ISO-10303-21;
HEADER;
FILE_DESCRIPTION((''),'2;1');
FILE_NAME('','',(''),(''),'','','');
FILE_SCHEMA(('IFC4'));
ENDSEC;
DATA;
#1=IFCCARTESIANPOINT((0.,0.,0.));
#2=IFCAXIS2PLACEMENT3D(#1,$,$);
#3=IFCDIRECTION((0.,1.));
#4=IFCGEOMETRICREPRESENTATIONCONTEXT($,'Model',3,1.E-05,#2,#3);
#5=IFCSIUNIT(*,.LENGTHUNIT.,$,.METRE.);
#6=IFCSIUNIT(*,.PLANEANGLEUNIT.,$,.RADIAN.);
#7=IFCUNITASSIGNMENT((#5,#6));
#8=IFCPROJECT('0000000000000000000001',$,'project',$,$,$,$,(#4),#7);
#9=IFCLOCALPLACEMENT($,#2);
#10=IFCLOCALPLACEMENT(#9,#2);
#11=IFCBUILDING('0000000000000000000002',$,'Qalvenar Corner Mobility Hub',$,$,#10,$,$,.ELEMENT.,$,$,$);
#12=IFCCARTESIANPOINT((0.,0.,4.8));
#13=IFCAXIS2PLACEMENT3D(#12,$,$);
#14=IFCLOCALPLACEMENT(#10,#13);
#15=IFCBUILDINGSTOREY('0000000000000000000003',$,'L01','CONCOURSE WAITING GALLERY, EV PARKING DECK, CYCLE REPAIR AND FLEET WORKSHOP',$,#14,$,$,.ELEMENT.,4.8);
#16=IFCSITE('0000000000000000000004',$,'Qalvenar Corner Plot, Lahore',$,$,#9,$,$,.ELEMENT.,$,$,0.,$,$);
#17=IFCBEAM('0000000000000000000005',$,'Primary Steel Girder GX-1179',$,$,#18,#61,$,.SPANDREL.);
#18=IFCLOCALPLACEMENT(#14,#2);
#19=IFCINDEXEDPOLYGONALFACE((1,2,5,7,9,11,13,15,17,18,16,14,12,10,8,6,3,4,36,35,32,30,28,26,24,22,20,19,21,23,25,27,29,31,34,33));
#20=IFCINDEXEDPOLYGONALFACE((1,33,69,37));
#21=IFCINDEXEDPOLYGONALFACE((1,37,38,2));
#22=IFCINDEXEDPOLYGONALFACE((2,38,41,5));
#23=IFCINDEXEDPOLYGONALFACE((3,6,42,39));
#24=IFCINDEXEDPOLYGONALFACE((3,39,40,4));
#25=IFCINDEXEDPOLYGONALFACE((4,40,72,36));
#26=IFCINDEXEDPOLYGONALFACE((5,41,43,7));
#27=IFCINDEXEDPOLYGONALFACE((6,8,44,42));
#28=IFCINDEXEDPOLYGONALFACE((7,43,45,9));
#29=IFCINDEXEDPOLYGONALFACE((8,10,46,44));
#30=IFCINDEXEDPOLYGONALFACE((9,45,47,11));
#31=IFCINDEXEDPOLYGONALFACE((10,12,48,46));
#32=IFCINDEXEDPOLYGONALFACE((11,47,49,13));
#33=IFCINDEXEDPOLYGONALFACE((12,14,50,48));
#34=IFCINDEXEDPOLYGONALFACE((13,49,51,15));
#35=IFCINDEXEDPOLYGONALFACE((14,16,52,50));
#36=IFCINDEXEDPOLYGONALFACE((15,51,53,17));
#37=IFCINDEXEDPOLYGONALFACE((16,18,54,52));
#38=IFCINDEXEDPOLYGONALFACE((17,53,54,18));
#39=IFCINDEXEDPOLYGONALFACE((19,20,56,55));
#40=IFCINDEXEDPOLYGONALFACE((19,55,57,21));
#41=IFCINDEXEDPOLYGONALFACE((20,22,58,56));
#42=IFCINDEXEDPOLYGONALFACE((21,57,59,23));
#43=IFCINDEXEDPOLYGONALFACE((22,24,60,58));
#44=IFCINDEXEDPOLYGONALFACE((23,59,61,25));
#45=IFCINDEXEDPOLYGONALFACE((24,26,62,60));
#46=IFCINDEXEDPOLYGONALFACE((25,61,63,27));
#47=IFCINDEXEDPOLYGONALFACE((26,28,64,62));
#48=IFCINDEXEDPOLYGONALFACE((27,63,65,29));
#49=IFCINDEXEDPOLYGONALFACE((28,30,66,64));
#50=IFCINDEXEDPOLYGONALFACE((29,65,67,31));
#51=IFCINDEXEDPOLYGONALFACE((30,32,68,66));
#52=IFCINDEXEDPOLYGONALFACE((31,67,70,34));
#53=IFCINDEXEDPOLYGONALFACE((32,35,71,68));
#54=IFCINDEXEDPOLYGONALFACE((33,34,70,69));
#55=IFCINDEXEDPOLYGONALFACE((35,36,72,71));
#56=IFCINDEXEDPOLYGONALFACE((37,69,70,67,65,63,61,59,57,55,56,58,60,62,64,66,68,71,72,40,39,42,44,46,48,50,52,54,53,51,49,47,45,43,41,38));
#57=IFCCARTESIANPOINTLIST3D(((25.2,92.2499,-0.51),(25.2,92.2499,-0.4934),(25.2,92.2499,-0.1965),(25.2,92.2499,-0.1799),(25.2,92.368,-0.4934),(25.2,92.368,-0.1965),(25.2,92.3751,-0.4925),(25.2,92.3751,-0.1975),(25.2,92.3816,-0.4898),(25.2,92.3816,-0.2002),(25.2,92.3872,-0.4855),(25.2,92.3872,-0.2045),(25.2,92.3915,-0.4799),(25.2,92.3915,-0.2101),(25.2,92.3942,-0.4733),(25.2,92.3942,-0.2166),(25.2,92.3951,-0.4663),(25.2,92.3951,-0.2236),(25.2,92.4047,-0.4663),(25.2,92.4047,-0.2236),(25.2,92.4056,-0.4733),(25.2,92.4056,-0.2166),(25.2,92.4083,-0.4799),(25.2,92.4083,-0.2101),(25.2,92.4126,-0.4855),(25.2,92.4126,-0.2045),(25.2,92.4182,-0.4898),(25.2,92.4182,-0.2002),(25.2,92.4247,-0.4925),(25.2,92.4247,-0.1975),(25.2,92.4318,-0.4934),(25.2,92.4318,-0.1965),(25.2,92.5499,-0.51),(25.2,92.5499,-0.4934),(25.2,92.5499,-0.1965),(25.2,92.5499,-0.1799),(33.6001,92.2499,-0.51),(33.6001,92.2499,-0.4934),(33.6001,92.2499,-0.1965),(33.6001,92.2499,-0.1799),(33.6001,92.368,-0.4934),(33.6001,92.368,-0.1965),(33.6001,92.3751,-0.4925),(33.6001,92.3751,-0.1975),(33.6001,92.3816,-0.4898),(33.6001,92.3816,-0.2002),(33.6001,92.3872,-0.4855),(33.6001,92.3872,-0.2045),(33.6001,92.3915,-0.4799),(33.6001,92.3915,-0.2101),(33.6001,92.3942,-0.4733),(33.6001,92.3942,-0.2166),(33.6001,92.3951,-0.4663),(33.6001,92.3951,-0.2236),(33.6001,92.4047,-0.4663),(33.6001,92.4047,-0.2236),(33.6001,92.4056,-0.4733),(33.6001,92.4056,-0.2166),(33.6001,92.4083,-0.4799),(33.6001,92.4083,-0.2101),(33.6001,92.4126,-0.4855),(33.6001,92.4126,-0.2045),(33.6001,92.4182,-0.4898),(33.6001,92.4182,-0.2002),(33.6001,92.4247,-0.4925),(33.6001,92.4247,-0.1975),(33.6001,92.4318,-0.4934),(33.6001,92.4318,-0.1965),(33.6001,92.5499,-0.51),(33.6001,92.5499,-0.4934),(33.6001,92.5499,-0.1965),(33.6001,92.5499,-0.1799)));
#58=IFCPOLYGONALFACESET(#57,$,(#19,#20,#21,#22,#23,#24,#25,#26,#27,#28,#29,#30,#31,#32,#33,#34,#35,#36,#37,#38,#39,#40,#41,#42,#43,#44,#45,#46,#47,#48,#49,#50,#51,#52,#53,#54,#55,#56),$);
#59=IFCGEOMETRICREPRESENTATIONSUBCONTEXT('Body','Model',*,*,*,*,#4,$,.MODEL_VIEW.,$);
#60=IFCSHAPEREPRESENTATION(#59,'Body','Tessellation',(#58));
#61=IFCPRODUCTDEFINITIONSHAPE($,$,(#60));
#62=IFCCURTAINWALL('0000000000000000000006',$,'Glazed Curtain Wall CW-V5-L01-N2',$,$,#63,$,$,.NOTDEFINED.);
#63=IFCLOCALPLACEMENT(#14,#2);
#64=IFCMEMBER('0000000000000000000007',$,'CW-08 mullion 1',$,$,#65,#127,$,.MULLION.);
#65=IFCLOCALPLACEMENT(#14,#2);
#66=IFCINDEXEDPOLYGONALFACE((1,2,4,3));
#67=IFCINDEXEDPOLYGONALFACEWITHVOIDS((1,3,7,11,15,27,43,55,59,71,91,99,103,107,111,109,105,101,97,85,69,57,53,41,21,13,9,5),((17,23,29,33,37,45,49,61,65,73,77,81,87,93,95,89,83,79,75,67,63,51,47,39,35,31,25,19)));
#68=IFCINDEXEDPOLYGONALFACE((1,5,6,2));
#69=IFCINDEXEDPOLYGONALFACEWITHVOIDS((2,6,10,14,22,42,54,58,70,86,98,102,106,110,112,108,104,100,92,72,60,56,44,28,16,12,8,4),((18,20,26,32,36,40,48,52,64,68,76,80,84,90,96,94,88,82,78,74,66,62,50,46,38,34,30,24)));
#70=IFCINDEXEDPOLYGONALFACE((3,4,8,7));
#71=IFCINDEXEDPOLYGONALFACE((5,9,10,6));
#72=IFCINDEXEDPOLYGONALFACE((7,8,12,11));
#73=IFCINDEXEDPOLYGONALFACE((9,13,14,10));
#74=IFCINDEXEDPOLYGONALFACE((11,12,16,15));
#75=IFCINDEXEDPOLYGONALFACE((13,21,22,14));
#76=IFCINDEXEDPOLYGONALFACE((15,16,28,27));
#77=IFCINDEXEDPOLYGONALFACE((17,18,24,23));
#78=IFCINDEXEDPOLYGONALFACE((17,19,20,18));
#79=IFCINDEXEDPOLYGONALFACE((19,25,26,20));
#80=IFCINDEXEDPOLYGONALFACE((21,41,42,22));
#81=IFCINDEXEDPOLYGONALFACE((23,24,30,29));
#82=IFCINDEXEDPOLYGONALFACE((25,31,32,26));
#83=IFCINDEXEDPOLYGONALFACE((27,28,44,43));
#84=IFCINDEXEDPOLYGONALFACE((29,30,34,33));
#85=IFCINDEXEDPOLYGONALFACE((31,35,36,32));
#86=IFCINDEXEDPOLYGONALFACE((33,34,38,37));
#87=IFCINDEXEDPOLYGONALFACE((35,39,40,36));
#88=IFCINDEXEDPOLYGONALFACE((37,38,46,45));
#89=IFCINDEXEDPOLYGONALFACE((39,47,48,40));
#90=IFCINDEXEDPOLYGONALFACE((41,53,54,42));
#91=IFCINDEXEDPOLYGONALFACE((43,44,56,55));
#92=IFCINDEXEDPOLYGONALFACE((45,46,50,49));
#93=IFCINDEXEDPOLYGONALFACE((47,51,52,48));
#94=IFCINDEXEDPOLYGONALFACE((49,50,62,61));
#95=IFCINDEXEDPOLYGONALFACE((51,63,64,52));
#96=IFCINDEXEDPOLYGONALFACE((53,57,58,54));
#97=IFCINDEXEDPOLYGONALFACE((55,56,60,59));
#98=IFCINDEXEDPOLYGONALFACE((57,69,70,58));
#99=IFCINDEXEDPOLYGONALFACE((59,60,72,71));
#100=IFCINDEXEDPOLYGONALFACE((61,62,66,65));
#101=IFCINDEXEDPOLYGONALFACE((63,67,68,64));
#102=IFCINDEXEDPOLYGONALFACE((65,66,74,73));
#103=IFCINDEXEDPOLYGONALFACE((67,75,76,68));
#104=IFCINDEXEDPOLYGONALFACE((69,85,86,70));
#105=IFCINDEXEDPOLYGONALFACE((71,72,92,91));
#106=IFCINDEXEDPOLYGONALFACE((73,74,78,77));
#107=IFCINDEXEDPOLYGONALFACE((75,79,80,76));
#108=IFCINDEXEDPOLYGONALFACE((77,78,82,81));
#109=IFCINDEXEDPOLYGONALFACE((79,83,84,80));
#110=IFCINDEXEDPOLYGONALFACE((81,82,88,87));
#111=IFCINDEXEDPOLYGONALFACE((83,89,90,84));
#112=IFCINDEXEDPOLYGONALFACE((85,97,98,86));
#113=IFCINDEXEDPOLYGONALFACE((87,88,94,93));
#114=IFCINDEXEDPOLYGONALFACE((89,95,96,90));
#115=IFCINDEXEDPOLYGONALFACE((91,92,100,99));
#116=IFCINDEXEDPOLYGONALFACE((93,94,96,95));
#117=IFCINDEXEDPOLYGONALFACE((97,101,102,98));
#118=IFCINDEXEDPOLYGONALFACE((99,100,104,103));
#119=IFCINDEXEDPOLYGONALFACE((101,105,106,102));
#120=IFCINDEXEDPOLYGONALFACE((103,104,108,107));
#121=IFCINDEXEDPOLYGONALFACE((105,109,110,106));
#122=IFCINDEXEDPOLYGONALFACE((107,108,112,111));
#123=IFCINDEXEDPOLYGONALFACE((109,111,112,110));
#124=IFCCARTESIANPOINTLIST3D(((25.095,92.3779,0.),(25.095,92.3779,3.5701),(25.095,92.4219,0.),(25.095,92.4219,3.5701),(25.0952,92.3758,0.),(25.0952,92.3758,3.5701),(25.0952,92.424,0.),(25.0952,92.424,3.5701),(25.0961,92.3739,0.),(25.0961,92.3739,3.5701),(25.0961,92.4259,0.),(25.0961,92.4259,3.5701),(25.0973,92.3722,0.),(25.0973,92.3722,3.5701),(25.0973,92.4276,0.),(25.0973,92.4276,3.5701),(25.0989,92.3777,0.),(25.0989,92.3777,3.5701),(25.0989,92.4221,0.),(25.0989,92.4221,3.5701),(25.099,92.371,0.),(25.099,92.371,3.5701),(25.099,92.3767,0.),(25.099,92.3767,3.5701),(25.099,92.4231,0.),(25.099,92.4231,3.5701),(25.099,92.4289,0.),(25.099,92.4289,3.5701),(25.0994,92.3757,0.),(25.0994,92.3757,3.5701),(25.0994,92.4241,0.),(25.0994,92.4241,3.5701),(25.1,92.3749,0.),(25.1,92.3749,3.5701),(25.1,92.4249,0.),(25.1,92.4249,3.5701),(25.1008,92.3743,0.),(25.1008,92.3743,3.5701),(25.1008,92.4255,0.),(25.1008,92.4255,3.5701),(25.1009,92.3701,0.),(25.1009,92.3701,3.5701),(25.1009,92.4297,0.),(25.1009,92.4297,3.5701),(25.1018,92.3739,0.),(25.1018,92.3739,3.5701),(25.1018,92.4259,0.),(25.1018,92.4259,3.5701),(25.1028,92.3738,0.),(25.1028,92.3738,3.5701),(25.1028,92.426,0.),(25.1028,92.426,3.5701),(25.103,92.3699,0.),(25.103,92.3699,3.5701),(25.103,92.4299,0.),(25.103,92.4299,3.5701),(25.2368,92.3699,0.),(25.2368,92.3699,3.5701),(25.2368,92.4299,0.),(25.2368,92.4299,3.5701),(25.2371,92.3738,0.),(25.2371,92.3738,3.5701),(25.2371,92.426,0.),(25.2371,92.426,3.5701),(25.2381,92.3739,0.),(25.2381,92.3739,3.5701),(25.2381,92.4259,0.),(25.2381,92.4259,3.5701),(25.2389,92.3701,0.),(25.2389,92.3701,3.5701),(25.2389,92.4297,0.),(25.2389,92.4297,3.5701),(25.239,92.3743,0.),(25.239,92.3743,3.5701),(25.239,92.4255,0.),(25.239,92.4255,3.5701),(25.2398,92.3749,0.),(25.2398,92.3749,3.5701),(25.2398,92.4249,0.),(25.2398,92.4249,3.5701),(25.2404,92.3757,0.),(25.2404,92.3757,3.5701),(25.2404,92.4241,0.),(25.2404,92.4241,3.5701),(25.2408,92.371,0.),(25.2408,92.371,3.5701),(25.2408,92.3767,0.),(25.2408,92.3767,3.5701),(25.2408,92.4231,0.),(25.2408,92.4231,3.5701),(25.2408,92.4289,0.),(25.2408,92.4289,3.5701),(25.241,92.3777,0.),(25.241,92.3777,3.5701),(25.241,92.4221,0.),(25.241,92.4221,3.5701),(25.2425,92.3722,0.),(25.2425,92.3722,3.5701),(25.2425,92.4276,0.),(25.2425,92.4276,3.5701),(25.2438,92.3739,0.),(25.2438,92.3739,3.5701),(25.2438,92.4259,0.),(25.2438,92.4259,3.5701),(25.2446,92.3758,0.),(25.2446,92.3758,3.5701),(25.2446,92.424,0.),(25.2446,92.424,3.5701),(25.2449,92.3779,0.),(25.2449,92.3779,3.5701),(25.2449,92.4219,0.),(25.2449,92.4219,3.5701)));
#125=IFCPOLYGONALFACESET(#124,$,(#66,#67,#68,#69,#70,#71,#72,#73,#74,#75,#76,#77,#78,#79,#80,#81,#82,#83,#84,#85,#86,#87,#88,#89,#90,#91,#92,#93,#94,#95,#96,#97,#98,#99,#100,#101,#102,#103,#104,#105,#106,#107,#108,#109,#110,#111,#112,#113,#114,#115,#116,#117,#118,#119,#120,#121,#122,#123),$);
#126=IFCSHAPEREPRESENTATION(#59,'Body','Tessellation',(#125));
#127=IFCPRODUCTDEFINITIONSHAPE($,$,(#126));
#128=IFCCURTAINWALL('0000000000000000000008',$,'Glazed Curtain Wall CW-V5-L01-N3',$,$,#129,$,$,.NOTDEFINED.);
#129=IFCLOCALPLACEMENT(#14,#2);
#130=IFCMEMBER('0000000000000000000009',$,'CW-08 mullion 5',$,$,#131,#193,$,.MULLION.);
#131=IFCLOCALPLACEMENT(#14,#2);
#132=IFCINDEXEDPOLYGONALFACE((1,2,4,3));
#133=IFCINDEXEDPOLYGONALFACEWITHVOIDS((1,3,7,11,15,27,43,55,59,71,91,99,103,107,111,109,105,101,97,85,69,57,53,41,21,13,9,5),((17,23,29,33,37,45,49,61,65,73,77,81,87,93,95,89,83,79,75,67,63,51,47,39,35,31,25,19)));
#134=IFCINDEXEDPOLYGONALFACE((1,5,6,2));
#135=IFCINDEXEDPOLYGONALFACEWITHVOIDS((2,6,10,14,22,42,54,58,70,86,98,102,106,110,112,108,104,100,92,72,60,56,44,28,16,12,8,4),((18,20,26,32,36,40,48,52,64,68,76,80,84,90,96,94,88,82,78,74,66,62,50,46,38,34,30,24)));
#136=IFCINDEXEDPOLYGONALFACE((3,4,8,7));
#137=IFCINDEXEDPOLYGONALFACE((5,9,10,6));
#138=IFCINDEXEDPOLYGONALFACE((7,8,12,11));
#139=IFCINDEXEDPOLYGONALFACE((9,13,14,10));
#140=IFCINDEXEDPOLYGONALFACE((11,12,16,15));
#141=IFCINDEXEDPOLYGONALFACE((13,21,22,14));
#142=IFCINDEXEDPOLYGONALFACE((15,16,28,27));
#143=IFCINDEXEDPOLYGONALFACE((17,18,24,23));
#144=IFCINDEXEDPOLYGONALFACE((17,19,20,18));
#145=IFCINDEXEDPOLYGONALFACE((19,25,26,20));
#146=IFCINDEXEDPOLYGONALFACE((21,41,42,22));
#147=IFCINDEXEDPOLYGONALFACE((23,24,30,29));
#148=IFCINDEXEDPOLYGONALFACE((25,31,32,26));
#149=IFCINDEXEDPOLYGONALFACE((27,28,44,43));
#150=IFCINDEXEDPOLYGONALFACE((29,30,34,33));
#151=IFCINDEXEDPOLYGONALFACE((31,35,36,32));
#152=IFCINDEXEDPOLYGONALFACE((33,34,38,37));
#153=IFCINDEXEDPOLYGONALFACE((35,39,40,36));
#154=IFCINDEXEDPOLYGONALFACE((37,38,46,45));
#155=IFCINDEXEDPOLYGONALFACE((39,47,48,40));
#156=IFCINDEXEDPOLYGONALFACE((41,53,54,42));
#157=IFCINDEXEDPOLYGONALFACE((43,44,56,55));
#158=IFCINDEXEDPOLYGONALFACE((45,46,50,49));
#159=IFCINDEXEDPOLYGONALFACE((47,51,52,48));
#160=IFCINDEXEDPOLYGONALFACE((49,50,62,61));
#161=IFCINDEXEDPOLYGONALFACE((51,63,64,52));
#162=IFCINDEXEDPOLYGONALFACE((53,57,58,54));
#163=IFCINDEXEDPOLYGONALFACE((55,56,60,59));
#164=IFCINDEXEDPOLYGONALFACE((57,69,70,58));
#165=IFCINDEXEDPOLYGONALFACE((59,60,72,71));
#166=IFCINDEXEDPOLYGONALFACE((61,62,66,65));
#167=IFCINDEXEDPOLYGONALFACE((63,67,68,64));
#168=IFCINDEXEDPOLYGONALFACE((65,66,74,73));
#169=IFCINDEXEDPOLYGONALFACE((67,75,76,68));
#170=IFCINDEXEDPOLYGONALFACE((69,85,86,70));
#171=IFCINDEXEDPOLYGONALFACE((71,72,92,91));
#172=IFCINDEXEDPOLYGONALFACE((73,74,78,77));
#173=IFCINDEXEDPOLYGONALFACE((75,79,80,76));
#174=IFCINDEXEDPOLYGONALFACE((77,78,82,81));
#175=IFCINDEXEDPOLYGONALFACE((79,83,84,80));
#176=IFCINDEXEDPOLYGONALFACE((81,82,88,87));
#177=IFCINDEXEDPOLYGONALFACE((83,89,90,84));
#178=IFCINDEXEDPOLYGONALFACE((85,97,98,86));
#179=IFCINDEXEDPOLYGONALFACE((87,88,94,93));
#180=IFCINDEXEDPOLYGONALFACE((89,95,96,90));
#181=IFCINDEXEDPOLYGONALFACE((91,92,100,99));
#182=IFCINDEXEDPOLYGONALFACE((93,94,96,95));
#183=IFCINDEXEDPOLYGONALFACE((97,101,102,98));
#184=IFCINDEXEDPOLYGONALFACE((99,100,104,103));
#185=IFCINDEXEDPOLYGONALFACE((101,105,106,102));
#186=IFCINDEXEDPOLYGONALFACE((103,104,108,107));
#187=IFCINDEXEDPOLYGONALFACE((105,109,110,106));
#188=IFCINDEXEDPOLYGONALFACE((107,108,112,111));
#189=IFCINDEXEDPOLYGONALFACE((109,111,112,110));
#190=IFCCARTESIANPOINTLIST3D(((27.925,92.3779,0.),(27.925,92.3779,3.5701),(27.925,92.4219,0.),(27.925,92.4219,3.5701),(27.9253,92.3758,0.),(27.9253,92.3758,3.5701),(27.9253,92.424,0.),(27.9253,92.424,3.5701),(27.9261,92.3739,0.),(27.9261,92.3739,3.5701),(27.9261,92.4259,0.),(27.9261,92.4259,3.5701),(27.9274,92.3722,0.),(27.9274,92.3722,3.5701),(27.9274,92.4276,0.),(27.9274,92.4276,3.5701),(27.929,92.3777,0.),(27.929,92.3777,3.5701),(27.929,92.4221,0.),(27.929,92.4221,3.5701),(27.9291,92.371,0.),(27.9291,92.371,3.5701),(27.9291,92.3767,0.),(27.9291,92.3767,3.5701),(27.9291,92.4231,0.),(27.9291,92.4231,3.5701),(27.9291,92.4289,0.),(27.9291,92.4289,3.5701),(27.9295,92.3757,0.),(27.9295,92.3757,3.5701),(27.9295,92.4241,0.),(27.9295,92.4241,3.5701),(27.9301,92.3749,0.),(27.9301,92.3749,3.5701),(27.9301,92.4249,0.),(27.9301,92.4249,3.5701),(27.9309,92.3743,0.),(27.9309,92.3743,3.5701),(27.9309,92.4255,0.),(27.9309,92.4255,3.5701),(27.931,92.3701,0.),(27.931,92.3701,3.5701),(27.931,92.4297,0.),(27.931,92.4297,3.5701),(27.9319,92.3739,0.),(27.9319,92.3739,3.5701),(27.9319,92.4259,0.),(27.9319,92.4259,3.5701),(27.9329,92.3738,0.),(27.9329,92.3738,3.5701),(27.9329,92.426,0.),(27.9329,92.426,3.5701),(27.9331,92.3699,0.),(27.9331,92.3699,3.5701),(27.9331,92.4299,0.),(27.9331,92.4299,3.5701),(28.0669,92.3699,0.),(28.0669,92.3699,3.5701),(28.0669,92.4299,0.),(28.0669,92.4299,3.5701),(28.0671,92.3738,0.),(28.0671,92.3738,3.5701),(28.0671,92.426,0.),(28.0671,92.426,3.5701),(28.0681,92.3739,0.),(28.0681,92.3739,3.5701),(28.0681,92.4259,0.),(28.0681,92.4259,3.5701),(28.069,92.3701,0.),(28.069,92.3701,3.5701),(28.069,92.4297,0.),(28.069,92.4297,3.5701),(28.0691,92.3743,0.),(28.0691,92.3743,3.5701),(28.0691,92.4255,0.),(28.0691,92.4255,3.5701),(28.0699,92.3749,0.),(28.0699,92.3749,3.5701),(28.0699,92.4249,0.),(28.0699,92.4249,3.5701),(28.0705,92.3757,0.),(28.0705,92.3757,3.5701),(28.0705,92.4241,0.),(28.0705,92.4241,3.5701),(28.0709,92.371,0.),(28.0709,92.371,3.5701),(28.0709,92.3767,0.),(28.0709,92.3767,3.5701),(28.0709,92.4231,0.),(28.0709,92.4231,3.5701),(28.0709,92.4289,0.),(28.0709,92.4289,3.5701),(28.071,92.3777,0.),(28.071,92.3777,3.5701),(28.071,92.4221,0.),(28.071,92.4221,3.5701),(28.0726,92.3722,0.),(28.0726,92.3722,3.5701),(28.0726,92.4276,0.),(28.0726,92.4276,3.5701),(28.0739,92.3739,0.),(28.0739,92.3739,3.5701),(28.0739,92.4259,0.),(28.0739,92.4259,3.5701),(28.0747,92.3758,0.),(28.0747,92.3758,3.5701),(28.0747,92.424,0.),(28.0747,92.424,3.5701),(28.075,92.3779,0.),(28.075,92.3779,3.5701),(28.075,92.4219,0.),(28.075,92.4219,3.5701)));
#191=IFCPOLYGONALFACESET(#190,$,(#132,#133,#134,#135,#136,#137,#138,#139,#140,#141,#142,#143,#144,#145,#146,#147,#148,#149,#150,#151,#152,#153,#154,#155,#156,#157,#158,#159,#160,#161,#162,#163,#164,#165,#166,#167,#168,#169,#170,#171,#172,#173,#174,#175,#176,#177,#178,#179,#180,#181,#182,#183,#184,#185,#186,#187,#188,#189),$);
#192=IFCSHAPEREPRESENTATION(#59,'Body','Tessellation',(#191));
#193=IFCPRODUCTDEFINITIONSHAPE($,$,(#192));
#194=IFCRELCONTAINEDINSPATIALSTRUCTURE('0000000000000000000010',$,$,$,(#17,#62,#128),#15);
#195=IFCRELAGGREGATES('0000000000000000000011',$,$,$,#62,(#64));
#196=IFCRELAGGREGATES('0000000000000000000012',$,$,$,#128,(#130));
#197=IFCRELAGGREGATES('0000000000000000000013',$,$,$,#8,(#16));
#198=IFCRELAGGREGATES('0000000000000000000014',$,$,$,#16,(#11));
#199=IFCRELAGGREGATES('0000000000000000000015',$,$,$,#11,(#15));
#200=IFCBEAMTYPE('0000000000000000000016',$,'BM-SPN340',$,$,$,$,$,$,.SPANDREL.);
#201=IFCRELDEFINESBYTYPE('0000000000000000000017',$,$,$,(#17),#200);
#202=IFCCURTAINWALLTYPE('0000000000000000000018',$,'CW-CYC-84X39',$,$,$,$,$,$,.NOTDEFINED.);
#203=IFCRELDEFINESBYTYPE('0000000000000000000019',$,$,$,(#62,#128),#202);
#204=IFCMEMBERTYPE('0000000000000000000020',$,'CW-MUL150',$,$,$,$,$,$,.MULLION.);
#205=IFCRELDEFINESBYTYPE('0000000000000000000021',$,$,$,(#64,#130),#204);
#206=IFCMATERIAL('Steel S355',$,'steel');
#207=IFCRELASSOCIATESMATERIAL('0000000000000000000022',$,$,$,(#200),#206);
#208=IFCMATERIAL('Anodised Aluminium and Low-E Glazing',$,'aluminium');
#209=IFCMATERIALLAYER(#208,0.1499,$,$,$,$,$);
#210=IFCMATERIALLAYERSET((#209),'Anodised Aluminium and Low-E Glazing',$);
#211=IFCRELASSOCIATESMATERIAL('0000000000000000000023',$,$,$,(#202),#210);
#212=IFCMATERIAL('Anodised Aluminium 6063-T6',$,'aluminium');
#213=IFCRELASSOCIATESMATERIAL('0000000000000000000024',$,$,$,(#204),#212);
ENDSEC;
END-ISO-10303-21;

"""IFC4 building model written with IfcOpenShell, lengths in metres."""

from ifc_helpers import new_model, si_unit, direction, frame, origin, origin_2d, place, context, subcontext, project, spatial, hollow_rectangle, i_section, extrude, material, layer, layer_set, material_profile, profile_set, type_object, element, aggregate, save


model = new_model("IFC4")

# Units and contexts
model_context = context("Model", 3, precision=1e-05, world=origin(), true_north=direction((0.0, 1.0)))
body_context = subcontext(model_context, "Body", "Model", "MODEL_VIEW")
ifc_project = project(units=[si_unit("LENGTHUNIT", "METRE"), si_unit("PLANEANGLEUNIT", "RADIAN")], contexts=[model_context])

# Site, building, storey
site_placement = place(None, origin())
site = spatial("IfcSite", under=ifc_project, at=site_placement, Name="Qalvenar Corner Plot, Lahore", CompositionType="ELEMENT", RefElevation=0.0)
building_placement = place(site_placement, origin())
building = spatial("IfcBuilding", under=site, at=building_placement, Name="Qalvenar Corner Mobility Hub", CompositionType="ELEMENT")
storey_placement = place(building_placement, frame((0.0, 0.0, 4.8)))
storey = spatial("IfcBuildingStorey", under=building, at=storey_placement, Name="L01", Description="CONCOURSE WAITING GALLERY, EV PARKING DECK, CYCLE REPAIR AND FLEET WORKSHOP", CompositionType="ELEMENT", Elevation=4.8)

# Shared definitions
ifc_material_1 = material(Name="Steel S355", Category="steel")

# Beam
ifc_material_profile_1 = material_profile(ifc_material_1, i_section(OverallWidth=0.3, OverallDepth=0.3301, WebThickness=0.0095, FlangeThickness=0.0166, FilletRadius=0.0271, at=origin_2d()), Name="HEA340")
ifc_profile_set_1 = profile_set([ifc_material_profile_1], Name="Steel S355")
beam_type_1 = type_object("IfcBeamType", Name="BM-SPN340", PredefinedType="SPANDREL", material=ifc_profile_set_1)
beam_1_placement = place(storey_placement, frame((25.2, 92.3999, -0.345), z_axis=(1.0, 0.0, 0.0), x_axis=(0.0, 1.0, 0.0)))
element("IfcBeam", 1, at=beam_1_placement, inside=storey, type_object=beam_type_1, Name="Primary Steel Girder GX-1179", PredefinedType="SPANDREL", context=body_context, shape_type="SweptSolid", body=[
    extrude(i_section(OverallWidth=0.3, OverallDepth=0.3301, WebThickness=0.0095, FlangeThickness=0.0166, FilletRadius=0.0271, at=origin_2d()), origin(), (0.0, 0.0, 1.0), 8.4001),
])

# Curtain wall, member
ifc_material_2 = material(Name="Anodised Aluminium and Low-E Glazing", Category="aluminium")
ifc_layer_1 = layer(ifc_material_2, 0.1499)
ifc_layer_set_1 = layer_set([ifc_layer_1], Name="Anodised Aluminium and Low-E Glazing")
curtain_wall_type = type_object("IfcCurtainWallType", Name="CW-CYC-84X39", PredefinedType="NOTDEFINED", material=ifc_layer_set_1)
curtain_wall_1_placement = place(storey_placement, origin())
curtain_wall_1 = element("IfcCurtainWall", 2, at=curtain_wall_1_placement, inside=storey, type_object=curtain_wall_type, Name="Glazed Curtain Wall CW-V5-L01-N2", PredefinedType="NOTDEFINED")
ifc_material_3 = material(Name="Anodised Aluminium 6063-T6", Category="aluminium")
ifc_material_profile_2 = material_profile(ifc_material_3, hollow_rectangle(XDim=0.0601, YDim=0.1499, WallThickness=0.0039, InnerFilletRadius=0.0039, OuterFilletRadius=0.0081, at=origin_2d()), Name="RHS150x60x4")
ifc_profile_set_2 = profile_set([ifc_material_profile_2], Name="Anodised Aluminium 6063-T6")
member_type_1 = type_object("IfcMemberType", Name="CW-MUL150", PredefinedType="MULLION", material=ifc_profile_set_2)
member_1_placement = place(storey_placement, frame((25.1699, 92.3999, 0.0), z_axis=(0.0, 0.0, 1.0), x_axis=(0.0, -1.0, 0.0)))
member_1 = element("IfcMember", 3, at=member_1_placement, type_object=member_type_1, Name="CW-08 mullion 1", PredefinedType="MULLION", context=body_context, shape_type="SweptSolid", body=[
    extrude(hollow_rectangle(XDim=0.0601, YDim=0.1499, WallThickness=0.0039, InnerFilletRadius=0.0039, OuterFilletRadius=0.0081, at=origin_2d()), origin(), (0.0, 0.0, 1.0), 3.5701),
])

# Curtain wall, member
curtain_wall_2_placement = place(storey_placement, origin())
curtain_wall_2 = element("IfcCurtainWall", 4, at=curtain_wall_2_placement, inside=storey, type_object=curtain_wall_type, Name="Glazed Curtain Wall CW-V5-L01-N3", PredefinedType="NOTDEFINED")
member_2_placement = place(storey_placement, frame((28.0, 92.3999, 0.0), z_axis=(0.0, 0.0, 1.0), x_axis=(0.0, -1.0, 0.0)))
member_2 = element("IfcMember", 5, at=member_2_placement, type_object=member_type_1, Name="CW-08 mullion 5", PredefinedType="MULLION", context=body_context, shape_type="SweptSolid", body=[
    extrude(hollow_rectangle(XDim=0.0601, YDim=0.1499, WallThickness=0.0039, InnerFilletRadius=0.0039, OuterFilletRadius=0.0081, at=origin_2d()), origin(), (0.0, 0.0, 1.0), 3.5701),
])

aggregate(curtain_wall_1, [member_1])

aggregate(curtain_wall_2, [member_2])

save(model, "model.ifc")
